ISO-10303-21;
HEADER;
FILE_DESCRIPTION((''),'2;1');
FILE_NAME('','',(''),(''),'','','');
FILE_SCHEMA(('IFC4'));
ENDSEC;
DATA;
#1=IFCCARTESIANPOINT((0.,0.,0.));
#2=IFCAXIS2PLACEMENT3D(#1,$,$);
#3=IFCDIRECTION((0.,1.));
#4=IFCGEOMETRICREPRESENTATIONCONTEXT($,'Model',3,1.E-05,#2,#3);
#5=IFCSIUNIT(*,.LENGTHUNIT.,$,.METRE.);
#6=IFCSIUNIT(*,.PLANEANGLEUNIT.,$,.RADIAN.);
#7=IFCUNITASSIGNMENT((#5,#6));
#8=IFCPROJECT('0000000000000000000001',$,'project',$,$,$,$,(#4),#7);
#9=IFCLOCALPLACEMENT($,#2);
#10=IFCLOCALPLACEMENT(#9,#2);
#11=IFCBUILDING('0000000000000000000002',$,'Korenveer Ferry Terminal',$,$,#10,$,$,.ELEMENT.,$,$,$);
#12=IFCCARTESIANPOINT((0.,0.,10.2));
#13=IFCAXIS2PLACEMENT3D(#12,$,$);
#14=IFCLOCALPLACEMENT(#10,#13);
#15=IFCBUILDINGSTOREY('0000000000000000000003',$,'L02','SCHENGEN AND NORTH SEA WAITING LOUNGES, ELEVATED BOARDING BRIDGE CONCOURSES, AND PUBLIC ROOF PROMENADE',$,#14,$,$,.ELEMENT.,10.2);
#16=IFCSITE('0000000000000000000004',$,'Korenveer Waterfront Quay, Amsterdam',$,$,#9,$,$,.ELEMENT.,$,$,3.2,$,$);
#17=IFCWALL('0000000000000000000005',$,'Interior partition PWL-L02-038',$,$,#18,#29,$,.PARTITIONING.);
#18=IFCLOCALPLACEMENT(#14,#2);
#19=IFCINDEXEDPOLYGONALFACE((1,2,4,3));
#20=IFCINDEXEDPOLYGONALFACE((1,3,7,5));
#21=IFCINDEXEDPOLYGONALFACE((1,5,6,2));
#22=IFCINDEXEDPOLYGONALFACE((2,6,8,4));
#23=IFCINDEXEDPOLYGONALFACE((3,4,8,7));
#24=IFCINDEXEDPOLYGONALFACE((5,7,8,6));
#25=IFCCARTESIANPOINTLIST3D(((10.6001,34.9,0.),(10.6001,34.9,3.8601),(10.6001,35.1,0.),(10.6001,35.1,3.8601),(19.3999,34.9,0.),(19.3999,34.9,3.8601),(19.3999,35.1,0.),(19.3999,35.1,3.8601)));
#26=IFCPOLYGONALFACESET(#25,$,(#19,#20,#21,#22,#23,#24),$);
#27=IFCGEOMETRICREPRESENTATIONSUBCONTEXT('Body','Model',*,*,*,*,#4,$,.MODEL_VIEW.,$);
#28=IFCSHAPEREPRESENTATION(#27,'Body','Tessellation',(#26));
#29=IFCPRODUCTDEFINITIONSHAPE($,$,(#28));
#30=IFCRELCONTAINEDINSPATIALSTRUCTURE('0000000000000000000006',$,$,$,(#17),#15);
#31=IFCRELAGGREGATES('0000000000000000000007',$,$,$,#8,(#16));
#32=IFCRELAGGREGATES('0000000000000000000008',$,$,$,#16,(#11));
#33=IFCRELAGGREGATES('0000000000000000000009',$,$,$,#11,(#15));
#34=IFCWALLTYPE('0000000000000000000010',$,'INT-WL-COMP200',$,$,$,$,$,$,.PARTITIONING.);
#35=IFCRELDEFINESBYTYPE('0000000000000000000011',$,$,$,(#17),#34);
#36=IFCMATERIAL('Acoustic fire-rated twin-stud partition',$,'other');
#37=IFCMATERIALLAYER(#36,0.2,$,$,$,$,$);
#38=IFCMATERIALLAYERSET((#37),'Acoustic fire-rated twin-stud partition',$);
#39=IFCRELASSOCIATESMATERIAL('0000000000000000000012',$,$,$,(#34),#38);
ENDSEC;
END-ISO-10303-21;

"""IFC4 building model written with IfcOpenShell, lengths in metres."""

from ifc_helpers import new_model, si_unit, direction, frame, frame_2d, origin, place, context, subcontext, project, spatial, rectangle, extrude, material, layer, layer_set, type_object, element, save


model = new_model("IFC4")

# Units and contexts
model_context = context("Model", 3, precision=1e-05, world=origin(), true_north=direction((0.0, 1.0)))
body_context = subcontext(model_context, "Body", "Model", "MODEL_VIEW")
ifc_project = project(units=[si_unit("LENGTHUNIT", "METRE"), si_unit("PLANEANGLEUNIT", "RADIAN")], contexts=[model_context])

# Site, building, storey
site_placement = place(None, origin())
site = spatial("IfcSite", under=ifc_project, at=site_placement, Name="Korenveer Waterfront Quay, Amsterdam", CompositionType="ELEMENT", RefElevation=3.2)
building_placement = place(site_placement, origin())
building = spatial("IfcBuilding", under=site, at=building_placement, Name="Korenveer Ferry Terminal", CompositionType="ELEMENT")
storey_placement = place(building_placement, frame((0.0, 0.0, 10.2)))
storey = spatial("IfcBuildingStorey", under=building, at=storey_placement, Name="L02", Description="SCHENGEN AND NORTH SEA WAITING LOUNGES, ELEVATED BOARDING BRIDGE CONCOURSES, AND PUBLIC ROOF PROMENADE", CompositionType="ELEMENT", Elevation=10.2)

# Wall
ifc_material_1 = material(Name="Acoustic fire-rated twin-stud partition", Category="other")
ifc_layer_1 = layer(ifc_material_1, 0.2)
ifc_layer_set_1 = layer_set([ifc_layer_1], Name="Acoustic fire-rated twin-stud partition")
wall_type = type_object("IfcWallType", Name="INT-WL-COMP200", PredefinedType="PARTITIONING", material=ifc_layer_set_1)
wall_placement = place(storey_placement, frame((10.6001, 35.0, 0.0), z_axis=(0.0, 0.0, 1.0), x_axis=(1.0, 0.0, 0.0)))
element("IfcWall", 1, at=wall_placement, inside=storey, type_object=wall_type, Name="Interior partition PWL-L02-038", PredefinedType="PARTITIONING", context=body_context, shape_type="SweptSolid", body=[
    extrude(rectangle(XDim=8.7998, YDim=0.2, at=frame_2d((4.3999, 0.0))), origin(), (0.0, 0.0, 1.0), 3.8601),
])

save(model, "model.ifc")
